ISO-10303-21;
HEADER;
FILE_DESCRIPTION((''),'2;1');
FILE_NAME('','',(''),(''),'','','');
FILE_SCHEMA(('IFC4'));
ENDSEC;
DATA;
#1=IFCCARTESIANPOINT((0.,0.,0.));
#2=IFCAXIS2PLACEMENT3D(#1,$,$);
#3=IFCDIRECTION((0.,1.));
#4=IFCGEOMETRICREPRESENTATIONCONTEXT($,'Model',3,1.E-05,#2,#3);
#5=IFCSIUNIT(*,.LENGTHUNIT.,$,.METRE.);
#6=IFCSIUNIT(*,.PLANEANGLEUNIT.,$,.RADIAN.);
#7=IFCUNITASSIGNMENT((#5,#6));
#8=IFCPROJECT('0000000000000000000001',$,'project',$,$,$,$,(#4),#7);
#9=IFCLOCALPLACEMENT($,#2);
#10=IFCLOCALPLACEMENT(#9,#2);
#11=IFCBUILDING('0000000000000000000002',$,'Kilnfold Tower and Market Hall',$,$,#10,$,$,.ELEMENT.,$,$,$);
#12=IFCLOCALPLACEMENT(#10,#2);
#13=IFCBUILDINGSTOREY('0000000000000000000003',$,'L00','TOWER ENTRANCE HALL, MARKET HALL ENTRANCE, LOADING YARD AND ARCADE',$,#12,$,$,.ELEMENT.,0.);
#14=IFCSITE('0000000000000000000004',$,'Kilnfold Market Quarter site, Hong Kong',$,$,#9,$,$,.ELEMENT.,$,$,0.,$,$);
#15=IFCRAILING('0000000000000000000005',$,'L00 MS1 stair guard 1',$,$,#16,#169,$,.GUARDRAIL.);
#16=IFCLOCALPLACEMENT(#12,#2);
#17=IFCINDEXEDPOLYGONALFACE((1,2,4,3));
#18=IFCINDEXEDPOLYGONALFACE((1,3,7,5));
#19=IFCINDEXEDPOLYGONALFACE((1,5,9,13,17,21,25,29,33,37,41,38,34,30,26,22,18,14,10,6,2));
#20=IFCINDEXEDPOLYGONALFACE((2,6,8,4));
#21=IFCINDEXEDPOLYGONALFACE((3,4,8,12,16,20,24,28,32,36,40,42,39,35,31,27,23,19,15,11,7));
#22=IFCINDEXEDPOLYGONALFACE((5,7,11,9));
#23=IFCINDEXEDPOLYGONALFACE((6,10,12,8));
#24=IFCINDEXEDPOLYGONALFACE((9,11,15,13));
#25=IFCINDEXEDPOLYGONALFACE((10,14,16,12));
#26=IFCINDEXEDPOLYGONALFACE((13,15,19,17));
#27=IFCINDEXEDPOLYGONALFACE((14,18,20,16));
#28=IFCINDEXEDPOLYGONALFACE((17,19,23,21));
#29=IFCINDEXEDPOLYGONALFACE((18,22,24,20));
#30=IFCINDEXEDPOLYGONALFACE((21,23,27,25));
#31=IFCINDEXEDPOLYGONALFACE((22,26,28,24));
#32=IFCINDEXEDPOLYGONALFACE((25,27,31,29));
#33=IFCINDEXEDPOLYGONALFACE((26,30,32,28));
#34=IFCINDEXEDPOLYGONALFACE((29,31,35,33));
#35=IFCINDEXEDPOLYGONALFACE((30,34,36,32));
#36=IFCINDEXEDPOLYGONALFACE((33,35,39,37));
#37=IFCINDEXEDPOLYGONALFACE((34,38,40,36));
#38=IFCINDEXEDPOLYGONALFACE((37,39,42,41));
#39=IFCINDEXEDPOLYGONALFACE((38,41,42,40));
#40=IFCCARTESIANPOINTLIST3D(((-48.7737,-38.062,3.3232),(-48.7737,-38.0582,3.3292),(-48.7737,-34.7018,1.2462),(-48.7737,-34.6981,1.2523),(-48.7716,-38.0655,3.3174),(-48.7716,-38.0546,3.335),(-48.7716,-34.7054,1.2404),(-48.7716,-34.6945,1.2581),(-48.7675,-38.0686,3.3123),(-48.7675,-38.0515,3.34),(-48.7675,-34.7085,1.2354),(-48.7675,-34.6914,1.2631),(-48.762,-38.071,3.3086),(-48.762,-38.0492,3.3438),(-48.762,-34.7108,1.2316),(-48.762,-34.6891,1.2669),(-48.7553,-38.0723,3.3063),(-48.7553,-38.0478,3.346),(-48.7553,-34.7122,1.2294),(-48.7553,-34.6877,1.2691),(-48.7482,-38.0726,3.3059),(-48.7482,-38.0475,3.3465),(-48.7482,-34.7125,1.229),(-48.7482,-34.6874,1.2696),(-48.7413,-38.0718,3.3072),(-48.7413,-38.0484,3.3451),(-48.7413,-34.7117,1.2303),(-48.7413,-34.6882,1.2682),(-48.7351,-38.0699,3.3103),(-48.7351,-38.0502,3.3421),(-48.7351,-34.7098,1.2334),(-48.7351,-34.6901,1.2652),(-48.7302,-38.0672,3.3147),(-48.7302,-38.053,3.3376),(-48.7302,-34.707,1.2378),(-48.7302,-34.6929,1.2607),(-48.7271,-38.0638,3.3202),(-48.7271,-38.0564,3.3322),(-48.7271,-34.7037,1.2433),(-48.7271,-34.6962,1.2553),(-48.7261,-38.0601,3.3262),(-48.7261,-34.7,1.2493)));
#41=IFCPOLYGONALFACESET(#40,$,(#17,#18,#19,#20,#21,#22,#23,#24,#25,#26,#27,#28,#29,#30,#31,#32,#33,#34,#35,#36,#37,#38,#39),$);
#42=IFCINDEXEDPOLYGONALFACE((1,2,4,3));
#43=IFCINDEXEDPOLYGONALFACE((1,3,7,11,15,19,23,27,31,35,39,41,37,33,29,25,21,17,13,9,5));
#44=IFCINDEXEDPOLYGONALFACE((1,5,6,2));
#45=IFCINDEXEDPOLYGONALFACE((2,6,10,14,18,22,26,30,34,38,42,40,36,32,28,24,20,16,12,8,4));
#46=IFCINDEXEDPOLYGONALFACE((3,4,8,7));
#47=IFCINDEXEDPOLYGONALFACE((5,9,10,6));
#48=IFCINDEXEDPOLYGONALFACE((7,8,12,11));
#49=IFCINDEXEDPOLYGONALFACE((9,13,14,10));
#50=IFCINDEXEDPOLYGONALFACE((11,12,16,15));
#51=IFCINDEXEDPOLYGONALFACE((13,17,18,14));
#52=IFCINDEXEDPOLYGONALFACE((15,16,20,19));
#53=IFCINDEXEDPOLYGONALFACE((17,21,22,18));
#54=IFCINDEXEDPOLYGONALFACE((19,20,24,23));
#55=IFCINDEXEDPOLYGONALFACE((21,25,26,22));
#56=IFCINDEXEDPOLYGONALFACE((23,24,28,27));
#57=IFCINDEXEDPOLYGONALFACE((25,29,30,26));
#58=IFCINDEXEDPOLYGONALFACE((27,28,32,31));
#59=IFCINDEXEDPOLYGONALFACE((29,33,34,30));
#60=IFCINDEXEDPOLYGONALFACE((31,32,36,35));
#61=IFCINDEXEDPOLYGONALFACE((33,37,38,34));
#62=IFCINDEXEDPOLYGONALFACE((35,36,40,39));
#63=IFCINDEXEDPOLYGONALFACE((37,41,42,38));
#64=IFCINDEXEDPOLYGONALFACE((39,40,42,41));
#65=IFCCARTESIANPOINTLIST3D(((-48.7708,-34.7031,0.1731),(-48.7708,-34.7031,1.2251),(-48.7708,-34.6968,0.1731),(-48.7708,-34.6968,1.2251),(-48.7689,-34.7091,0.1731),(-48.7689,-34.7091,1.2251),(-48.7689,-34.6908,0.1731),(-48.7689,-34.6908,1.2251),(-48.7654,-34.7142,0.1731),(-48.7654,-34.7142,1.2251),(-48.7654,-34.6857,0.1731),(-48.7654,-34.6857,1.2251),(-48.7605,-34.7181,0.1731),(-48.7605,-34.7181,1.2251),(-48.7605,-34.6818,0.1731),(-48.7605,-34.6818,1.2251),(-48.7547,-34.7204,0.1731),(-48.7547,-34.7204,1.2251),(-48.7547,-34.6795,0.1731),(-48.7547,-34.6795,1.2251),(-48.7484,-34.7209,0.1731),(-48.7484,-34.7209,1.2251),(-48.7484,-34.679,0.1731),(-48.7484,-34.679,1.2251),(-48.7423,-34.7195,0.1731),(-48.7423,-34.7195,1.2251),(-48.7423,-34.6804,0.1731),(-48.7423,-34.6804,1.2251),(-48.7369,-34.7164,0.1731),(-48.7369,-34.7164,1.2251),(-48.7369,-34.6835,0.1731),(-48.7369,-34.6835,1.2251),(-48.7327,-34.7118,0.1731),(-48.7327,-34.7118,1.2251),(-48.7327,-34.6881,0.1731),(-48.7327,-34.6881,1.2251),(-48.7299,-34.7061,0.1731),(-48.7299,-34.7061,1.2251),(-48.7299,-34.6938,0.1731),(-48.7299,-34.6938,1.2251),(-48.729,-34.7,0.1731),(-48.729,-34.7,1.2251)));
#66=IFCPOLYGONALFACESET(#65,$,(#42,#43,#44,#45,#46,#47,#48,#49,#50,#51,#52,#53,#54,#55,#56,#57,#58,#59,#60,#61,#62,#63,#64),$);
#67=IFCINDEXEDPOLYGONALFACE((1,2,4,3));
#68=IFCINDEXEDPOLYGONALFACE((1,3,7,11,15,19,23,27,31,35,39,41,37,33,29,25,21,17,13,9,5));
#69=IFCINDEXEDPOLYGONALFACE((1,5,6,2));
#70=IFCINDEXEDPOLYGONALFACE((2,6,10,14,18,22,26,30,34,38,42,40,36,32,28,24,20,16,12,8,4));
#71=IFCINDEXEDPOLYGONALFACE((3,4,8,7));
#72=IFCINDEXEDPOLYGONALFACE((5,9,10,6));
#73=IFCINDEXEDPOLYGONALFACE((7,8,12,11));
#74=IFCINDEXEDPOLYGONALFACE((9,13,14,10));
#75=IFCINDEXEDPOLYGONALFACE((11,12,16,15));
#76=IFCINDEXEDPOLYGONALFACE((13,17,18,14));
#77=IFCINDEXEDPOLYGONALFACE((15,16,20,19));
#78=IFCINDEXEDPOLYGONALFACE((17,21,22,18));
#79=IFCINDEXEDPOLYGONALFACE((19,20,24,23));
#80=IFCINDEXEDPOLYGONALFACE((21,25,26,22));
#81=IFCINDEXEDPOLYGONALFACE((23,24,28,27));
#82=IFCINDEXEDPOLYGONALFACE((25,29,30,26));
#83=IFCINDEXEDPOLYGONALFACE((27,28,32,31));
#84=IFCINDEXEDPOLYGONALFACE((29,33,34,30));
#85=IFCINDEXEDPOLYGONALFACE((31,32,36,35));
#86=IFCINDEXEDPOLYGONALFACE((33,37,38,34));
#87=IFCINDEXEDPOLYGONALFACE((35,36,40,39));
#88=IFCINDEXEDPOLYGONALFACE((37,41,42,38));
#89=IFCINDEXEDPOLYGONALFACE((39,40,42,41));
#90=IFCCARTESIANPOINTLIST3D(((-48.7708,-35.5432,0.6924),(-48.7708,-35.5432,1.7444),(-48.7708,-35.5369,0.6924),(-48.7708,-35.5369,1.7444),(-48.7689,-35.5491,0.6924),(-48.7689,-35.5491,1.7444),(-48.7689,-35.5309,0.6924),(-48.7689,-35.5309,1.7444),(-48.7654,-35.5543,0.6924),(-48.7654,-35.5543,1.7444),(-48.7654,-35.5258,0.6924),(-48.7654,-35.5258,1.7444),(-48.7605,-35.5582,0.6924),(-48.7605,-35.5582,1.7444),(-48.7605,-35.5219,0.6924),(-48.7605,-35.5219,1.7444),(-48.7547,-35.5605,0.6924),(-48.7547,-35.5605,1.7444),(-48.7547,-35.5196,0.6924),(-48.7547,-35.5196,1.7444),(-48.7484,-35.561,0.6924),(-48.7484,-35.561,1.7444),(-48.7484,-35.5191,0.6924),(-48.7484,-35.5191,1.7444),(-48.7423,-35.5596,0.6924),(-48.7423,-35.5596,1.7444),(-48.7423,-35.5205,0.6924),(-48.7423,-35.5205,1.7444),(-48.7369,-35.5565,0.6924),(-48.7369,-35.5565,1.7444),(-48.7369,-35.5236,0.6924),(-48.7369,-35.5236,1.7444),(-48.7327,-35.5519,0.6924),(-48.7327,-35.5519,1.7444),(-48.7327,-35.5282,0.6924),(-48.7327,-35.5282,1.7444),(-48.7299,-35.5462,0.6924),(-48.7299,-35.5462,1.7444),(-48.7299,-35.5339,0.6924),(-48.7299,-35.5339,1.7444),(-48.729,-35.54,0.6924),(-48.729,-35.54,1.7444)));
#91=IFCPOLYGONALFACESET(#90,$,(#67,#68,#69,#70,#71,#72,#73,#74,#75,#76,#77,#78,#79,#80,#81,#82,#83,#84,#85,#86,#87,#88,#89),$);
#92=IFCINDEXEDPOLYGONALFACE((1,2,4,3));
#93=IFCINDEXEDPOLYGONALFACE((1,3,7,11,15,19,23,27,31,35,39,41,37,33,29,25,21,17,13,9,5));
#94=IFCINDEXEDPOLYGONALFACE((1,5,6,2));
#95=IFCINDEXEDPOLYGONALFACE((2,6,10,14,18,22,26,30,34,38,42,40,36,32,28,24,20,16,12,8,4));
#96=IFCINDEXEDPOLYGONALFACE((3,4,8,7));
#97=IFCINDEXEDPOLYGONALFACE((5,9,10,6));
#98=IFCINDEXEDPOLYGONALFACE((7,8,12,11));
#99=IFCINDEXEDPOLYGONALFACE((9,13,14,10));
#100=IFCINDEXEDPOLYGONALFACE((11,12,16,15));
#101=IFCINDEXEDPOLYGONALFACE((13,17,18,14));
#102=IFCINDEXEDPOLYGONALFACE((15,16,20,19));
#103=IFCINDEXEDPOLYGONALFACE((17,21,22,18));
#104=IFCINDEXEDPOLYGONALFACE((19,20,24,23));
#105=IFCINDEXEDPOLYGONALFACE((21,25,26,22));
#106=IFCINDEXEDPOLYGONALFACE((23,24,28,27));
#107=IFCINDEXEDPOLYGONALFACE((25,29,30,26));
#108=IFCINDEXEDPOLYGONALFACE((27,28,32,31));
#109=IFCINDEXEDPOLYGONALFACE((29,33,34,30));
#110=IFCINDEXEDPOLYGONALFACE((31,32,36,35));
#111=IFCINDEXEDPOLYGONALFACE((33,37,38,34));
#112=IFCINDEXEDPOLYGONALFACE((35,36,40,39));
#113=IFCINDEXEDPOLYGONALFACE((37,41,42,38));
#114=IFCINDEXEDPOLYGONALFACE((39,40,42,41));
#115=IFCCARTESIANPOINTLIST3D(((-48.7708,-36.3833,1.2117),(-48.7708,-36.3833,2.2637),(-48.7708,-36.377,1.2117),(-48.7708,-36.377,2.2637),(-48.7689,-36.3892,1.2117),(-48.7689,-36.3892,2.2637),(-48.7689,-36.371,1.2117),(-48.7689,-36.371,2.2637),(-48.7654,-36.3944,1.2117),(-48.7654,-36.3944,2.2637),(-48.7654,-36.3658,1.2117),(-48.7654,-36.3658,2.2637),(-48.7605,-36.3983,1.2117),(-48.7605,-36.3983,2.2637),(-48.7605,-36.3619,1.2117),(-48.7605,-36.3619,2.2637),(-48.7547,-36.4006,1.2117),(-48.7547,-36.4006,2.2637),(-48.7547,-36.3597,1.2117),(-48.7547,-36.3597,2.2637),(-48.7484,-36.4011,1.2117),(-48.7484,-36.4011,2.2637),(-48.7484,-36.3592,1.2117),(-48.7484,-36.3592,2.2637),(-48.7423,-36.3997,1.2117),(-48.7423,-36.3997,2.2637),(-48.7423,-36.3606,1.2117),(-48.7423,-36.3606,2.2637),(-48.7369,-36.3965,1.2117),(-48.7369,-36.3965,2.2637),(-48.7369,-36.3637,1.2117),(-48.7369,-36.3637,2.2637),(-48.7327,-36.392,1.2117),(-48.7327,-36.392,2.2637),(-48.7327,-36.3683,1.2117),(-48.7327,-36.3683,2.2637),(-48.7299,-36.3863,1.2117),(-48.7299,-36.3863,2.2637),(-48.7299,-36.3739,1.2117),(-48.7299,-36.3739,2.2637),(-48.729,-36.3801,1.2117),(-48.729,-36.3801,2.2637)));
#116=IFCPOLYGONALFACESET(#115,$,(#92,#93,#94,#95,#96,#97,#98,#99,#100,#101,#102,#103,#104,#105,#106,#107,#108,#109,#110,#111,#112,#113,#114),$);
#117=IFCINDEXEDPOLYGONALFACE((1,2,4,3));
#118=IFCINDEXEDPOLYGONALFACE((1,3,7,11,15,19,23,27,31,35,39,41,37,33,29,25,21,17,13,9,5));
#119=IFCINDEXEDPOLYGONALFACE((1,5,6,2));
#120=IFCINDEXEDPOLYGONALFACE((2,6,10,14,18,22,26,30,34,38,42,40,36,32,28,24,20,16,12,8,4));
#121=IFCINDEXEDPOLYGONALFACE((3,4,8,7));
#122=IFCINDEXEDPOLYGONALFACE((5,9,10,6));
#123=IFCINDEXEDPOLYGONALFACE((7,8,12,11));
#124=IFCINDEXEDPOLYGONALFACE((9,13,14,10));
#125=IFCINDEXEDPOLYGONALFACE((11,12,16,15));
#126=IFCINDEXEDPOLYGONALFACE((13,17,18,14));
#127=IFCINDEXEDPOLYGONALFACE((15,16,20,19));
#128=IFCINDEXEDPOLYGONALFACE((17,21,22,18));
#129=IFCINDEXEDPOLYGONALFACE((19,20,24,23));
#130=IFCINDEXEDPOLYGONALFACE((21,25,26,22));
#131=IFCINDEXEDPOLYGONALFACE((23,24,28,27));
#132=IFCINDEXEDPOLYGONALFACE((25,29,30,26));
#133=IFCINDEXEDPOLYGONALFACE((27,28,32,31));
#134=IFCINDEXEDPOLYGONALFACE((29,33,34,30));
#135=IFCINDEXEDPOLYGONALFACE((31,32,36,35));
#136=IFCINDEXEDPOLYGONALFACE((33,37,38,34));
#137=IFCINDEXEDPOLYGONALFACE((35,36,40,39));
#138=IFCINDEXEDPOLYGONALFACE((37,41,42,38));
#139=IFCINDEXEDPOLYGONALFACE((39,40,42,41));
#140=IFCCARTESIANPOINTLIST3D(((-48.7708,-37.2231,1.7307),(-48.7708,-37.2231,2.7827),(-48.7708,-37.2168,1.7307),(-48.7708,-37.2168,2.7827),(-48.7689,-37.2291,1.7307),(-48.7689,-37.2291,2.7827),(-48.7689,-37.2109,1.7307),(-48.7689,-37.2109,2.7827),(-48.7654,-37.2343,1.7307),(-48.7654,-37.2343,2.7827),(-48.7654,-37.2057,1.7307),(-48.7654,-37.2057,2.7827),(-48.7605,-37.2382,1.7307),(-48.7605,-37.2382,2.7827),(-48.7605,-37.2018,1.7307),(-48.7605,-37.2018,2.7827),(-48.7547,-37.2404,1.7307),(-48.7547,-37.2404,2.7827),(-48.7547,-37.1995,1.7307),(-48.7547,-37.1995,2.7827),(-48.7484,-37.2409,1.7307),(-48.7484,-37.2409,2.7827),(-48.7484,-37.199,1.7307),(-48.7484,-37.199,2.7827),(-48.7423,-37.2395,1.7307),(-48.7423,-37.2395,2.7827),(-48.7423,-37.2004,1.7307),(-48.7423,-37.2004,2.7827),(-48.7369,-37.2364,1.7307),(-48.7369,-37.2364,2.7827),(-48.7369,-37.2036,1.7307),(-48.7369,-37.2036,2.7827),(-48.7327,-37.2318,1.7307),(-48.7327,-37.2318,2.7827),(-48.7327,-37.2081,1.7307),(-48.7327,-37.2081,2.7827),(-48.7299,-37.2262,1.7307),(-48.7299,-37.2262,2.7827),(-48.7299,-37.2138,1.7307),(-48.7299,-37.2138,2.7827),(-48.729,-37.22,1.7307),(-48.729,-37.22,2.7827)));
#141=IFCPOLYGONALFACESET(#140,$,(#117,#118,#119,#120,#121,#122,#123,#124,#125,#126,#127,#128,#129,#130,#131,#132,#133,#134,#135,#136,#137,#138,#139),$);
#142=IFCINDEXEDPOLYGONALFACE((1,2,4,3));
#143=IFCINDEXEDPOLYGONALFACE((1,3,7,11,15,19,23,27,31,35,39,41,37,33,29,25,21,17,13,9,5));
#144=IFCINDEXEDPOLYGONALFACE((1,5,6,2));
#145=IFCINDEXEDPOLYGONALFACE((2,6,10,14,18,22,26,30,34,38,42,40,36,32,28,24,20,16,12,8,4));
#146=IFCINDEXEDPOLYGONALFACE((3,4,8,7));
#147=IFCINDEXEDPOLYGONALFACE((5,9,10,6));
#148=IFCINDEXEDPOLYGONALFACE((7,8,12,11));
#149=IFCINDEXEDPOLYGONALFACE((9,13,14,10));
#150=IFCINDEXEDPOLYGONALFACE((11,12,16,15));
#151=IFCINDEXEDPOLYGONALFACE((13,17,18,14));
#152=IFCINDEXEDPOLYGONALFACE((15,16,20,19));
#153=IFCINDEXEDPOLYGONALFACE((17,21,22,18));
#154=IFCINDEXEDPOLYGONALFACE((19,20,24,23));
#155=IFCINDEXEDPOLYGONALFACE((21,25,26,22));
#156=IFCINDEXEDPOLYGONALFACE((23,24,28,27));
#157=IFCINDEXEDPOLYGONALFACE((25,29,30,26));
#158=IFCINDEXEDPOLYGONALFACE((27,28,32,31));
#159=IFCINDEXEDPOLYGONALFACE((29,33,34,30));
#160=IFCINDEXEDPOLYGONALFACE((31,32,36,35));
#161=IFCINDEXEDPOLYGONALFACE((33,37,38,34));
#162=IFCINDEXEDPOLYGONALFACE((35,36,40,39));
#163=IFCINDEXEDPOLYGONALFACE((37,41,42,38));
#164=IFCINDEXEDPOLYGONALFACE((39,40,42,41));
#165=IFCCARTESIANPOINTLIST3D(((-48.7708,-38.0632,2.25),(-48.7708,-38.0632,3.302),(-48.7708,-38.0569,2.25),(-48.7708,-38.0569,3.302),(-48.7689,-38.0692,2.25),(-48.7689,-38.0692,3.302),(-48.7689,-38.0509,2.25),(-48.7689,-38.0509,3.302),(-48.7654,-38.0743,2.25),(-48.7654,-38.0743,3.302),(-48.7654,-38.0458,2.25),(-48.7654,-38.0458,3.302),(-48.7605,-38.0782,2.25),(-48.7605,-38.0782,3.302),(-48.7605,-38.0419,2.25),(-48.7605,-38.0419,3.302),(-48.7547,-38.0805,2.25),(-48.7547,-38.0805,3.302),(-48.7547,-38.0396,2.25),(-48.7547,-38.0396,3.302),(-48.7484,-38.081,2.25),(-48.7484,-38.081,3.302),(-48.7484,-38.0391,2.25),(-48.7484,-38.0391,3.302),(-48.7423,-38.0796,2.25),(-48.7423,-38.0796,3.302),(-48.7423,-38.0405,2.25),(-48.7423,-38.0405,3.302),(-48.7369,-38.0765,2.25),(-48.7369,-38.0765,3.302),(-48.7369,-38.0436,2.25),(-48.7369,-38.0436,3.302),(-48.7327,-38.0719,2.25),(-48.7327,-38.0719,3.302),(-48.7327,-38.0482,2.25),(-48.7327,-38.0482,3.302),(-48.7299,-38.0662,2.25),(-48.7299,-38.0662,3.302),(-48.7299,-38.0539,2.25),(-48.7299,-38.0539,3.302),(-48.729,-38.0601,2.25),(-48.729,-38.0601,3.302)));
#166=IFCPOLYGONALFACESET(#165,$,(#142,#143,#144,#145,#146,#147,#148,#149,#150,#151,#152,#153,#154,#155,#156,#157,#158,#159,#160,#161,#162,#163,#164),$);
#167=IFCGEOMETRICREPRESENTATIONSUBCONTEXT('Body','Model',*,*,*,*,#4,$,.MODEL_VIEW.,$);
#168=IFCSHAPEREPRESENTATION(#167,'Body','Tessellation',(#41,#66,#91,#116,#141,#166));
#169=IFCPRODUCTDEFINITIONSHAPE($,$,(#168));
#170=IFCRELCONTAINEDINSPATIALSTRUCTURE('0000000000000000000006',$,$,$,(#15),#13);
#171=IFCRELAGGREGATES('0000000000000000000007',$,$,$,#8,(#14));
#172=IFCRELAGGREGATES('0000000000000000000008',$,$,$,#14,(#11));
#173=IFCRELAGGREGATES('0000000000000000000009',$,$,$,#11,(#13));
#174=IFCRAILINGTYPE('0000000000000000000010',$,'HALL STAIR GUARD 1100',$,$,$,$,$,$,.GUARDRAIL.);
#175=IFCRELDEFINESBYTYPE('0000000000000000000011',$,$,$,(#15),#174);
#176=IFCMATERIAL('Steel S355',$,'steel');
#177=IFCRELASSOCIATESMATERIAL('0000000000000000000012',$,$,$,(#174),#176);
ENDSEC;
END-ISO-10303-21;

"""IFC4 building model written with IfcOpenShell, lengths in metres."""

from ifc_helpers import new_model, si_unit, direction, frame, origin, origin_2d, place, context, subcontext, project, spatial, circle, extrude, material, type_object, element, save


model = new_model("IFC4")

# Units and contexts
model_context = context("Model", 3, precision=1e-05, world=origin(), true_north=direction((0.0, 1.0)))
body_context = subcontext(model_context, "Body", "Model", "MODEL_VIEW")
ifc_project = project(units=[si_unit("LENGTHUNIT", "METRE"), si_unit("PLANEANGLEUNIT", "RADIAN")], contexts=[model_context])

# Site, building, storey
site_placement = place(None, origin())
site = spatial("IfcSite", under=ifc_project, at=site_placement, Name="Kilnfold Market Quarter site, Hong Kong", CompositionType="ELEMENT", RefElevation=0.0)
building_placement = place(site_placement, origin())
building = spatial("IfcBuilding", under=site, at=building_placement, Name="Kilnfold Tower and Market Hall", CompositionType="ELEMENT")
storey_placement = place(building_placement, origin())
storey = spatial("IfcBuildingStorey", under=building, at=storey_placement, Name="L00", Description="TOWER ENTRANCE HALL, MARKET HALL ENTRANCE, LOADING YARD AND ARCADE", CompositionType="ELEMENT", Elevation=0.0)

# Railing
ifc_material_1 = material(Name="Steel S355", Category="steel")
railing_type_1 = type_object("IfcRailingType", Name="HALL STAIR GUARD 1100", PredefinedType="GUARDRAIL", material=ifc_material_1)
railing_1_placement = place(storey_placement, frame((-48.75, -34.7, 0.1731)))
element("IfcRailing", 1, at=railing_1_placement, inside=storey, type_object=railing_type_1, Name="L00 MS1 stair guard 1", PredefinedType="GUARDRAIL", context=body_context, shape_type="SweptSolid", body=[
    extrude(circle(Radius=0.0239, at=origin_2d()), frame((0.0, 0.0, 1.0762), z_axis=(0.0, -0.850623, 0.525776), x_axis=(1.0, 0.0, 0.0)), (0.0, 0.0, 1.0), 3.9502),
    extrude(circle(Radius=0.021, at=origin_2d()), origin(), (0.0, 0.0, 1.0), 1.052),
    extrude(circle(Radius=0.021, at=origin_2d()), frame((0.0, -0.8401, 0.5193)), (0.0, 0.0, 1.0), 1.052),
    extrude(circle(Radius=0.021, at=origin_2d()), frame((0.0, -1.6802, 1.0386)), (0.0, 0.0, 1.0), 1.052),
    extrude(circle(Radius=0.021, at=origin_2d()), frame((0.0, -2.52, 1.5576)), (0.0, 0.0, 1.0), 1.052),
    extrude(circle(Radius=0.021, at=origin_2d()), frame((0.0, -3.3601, 2.0769)), (0.0, 0.0, 1.0), 1.052),
])

save(model, "model.ifc")
